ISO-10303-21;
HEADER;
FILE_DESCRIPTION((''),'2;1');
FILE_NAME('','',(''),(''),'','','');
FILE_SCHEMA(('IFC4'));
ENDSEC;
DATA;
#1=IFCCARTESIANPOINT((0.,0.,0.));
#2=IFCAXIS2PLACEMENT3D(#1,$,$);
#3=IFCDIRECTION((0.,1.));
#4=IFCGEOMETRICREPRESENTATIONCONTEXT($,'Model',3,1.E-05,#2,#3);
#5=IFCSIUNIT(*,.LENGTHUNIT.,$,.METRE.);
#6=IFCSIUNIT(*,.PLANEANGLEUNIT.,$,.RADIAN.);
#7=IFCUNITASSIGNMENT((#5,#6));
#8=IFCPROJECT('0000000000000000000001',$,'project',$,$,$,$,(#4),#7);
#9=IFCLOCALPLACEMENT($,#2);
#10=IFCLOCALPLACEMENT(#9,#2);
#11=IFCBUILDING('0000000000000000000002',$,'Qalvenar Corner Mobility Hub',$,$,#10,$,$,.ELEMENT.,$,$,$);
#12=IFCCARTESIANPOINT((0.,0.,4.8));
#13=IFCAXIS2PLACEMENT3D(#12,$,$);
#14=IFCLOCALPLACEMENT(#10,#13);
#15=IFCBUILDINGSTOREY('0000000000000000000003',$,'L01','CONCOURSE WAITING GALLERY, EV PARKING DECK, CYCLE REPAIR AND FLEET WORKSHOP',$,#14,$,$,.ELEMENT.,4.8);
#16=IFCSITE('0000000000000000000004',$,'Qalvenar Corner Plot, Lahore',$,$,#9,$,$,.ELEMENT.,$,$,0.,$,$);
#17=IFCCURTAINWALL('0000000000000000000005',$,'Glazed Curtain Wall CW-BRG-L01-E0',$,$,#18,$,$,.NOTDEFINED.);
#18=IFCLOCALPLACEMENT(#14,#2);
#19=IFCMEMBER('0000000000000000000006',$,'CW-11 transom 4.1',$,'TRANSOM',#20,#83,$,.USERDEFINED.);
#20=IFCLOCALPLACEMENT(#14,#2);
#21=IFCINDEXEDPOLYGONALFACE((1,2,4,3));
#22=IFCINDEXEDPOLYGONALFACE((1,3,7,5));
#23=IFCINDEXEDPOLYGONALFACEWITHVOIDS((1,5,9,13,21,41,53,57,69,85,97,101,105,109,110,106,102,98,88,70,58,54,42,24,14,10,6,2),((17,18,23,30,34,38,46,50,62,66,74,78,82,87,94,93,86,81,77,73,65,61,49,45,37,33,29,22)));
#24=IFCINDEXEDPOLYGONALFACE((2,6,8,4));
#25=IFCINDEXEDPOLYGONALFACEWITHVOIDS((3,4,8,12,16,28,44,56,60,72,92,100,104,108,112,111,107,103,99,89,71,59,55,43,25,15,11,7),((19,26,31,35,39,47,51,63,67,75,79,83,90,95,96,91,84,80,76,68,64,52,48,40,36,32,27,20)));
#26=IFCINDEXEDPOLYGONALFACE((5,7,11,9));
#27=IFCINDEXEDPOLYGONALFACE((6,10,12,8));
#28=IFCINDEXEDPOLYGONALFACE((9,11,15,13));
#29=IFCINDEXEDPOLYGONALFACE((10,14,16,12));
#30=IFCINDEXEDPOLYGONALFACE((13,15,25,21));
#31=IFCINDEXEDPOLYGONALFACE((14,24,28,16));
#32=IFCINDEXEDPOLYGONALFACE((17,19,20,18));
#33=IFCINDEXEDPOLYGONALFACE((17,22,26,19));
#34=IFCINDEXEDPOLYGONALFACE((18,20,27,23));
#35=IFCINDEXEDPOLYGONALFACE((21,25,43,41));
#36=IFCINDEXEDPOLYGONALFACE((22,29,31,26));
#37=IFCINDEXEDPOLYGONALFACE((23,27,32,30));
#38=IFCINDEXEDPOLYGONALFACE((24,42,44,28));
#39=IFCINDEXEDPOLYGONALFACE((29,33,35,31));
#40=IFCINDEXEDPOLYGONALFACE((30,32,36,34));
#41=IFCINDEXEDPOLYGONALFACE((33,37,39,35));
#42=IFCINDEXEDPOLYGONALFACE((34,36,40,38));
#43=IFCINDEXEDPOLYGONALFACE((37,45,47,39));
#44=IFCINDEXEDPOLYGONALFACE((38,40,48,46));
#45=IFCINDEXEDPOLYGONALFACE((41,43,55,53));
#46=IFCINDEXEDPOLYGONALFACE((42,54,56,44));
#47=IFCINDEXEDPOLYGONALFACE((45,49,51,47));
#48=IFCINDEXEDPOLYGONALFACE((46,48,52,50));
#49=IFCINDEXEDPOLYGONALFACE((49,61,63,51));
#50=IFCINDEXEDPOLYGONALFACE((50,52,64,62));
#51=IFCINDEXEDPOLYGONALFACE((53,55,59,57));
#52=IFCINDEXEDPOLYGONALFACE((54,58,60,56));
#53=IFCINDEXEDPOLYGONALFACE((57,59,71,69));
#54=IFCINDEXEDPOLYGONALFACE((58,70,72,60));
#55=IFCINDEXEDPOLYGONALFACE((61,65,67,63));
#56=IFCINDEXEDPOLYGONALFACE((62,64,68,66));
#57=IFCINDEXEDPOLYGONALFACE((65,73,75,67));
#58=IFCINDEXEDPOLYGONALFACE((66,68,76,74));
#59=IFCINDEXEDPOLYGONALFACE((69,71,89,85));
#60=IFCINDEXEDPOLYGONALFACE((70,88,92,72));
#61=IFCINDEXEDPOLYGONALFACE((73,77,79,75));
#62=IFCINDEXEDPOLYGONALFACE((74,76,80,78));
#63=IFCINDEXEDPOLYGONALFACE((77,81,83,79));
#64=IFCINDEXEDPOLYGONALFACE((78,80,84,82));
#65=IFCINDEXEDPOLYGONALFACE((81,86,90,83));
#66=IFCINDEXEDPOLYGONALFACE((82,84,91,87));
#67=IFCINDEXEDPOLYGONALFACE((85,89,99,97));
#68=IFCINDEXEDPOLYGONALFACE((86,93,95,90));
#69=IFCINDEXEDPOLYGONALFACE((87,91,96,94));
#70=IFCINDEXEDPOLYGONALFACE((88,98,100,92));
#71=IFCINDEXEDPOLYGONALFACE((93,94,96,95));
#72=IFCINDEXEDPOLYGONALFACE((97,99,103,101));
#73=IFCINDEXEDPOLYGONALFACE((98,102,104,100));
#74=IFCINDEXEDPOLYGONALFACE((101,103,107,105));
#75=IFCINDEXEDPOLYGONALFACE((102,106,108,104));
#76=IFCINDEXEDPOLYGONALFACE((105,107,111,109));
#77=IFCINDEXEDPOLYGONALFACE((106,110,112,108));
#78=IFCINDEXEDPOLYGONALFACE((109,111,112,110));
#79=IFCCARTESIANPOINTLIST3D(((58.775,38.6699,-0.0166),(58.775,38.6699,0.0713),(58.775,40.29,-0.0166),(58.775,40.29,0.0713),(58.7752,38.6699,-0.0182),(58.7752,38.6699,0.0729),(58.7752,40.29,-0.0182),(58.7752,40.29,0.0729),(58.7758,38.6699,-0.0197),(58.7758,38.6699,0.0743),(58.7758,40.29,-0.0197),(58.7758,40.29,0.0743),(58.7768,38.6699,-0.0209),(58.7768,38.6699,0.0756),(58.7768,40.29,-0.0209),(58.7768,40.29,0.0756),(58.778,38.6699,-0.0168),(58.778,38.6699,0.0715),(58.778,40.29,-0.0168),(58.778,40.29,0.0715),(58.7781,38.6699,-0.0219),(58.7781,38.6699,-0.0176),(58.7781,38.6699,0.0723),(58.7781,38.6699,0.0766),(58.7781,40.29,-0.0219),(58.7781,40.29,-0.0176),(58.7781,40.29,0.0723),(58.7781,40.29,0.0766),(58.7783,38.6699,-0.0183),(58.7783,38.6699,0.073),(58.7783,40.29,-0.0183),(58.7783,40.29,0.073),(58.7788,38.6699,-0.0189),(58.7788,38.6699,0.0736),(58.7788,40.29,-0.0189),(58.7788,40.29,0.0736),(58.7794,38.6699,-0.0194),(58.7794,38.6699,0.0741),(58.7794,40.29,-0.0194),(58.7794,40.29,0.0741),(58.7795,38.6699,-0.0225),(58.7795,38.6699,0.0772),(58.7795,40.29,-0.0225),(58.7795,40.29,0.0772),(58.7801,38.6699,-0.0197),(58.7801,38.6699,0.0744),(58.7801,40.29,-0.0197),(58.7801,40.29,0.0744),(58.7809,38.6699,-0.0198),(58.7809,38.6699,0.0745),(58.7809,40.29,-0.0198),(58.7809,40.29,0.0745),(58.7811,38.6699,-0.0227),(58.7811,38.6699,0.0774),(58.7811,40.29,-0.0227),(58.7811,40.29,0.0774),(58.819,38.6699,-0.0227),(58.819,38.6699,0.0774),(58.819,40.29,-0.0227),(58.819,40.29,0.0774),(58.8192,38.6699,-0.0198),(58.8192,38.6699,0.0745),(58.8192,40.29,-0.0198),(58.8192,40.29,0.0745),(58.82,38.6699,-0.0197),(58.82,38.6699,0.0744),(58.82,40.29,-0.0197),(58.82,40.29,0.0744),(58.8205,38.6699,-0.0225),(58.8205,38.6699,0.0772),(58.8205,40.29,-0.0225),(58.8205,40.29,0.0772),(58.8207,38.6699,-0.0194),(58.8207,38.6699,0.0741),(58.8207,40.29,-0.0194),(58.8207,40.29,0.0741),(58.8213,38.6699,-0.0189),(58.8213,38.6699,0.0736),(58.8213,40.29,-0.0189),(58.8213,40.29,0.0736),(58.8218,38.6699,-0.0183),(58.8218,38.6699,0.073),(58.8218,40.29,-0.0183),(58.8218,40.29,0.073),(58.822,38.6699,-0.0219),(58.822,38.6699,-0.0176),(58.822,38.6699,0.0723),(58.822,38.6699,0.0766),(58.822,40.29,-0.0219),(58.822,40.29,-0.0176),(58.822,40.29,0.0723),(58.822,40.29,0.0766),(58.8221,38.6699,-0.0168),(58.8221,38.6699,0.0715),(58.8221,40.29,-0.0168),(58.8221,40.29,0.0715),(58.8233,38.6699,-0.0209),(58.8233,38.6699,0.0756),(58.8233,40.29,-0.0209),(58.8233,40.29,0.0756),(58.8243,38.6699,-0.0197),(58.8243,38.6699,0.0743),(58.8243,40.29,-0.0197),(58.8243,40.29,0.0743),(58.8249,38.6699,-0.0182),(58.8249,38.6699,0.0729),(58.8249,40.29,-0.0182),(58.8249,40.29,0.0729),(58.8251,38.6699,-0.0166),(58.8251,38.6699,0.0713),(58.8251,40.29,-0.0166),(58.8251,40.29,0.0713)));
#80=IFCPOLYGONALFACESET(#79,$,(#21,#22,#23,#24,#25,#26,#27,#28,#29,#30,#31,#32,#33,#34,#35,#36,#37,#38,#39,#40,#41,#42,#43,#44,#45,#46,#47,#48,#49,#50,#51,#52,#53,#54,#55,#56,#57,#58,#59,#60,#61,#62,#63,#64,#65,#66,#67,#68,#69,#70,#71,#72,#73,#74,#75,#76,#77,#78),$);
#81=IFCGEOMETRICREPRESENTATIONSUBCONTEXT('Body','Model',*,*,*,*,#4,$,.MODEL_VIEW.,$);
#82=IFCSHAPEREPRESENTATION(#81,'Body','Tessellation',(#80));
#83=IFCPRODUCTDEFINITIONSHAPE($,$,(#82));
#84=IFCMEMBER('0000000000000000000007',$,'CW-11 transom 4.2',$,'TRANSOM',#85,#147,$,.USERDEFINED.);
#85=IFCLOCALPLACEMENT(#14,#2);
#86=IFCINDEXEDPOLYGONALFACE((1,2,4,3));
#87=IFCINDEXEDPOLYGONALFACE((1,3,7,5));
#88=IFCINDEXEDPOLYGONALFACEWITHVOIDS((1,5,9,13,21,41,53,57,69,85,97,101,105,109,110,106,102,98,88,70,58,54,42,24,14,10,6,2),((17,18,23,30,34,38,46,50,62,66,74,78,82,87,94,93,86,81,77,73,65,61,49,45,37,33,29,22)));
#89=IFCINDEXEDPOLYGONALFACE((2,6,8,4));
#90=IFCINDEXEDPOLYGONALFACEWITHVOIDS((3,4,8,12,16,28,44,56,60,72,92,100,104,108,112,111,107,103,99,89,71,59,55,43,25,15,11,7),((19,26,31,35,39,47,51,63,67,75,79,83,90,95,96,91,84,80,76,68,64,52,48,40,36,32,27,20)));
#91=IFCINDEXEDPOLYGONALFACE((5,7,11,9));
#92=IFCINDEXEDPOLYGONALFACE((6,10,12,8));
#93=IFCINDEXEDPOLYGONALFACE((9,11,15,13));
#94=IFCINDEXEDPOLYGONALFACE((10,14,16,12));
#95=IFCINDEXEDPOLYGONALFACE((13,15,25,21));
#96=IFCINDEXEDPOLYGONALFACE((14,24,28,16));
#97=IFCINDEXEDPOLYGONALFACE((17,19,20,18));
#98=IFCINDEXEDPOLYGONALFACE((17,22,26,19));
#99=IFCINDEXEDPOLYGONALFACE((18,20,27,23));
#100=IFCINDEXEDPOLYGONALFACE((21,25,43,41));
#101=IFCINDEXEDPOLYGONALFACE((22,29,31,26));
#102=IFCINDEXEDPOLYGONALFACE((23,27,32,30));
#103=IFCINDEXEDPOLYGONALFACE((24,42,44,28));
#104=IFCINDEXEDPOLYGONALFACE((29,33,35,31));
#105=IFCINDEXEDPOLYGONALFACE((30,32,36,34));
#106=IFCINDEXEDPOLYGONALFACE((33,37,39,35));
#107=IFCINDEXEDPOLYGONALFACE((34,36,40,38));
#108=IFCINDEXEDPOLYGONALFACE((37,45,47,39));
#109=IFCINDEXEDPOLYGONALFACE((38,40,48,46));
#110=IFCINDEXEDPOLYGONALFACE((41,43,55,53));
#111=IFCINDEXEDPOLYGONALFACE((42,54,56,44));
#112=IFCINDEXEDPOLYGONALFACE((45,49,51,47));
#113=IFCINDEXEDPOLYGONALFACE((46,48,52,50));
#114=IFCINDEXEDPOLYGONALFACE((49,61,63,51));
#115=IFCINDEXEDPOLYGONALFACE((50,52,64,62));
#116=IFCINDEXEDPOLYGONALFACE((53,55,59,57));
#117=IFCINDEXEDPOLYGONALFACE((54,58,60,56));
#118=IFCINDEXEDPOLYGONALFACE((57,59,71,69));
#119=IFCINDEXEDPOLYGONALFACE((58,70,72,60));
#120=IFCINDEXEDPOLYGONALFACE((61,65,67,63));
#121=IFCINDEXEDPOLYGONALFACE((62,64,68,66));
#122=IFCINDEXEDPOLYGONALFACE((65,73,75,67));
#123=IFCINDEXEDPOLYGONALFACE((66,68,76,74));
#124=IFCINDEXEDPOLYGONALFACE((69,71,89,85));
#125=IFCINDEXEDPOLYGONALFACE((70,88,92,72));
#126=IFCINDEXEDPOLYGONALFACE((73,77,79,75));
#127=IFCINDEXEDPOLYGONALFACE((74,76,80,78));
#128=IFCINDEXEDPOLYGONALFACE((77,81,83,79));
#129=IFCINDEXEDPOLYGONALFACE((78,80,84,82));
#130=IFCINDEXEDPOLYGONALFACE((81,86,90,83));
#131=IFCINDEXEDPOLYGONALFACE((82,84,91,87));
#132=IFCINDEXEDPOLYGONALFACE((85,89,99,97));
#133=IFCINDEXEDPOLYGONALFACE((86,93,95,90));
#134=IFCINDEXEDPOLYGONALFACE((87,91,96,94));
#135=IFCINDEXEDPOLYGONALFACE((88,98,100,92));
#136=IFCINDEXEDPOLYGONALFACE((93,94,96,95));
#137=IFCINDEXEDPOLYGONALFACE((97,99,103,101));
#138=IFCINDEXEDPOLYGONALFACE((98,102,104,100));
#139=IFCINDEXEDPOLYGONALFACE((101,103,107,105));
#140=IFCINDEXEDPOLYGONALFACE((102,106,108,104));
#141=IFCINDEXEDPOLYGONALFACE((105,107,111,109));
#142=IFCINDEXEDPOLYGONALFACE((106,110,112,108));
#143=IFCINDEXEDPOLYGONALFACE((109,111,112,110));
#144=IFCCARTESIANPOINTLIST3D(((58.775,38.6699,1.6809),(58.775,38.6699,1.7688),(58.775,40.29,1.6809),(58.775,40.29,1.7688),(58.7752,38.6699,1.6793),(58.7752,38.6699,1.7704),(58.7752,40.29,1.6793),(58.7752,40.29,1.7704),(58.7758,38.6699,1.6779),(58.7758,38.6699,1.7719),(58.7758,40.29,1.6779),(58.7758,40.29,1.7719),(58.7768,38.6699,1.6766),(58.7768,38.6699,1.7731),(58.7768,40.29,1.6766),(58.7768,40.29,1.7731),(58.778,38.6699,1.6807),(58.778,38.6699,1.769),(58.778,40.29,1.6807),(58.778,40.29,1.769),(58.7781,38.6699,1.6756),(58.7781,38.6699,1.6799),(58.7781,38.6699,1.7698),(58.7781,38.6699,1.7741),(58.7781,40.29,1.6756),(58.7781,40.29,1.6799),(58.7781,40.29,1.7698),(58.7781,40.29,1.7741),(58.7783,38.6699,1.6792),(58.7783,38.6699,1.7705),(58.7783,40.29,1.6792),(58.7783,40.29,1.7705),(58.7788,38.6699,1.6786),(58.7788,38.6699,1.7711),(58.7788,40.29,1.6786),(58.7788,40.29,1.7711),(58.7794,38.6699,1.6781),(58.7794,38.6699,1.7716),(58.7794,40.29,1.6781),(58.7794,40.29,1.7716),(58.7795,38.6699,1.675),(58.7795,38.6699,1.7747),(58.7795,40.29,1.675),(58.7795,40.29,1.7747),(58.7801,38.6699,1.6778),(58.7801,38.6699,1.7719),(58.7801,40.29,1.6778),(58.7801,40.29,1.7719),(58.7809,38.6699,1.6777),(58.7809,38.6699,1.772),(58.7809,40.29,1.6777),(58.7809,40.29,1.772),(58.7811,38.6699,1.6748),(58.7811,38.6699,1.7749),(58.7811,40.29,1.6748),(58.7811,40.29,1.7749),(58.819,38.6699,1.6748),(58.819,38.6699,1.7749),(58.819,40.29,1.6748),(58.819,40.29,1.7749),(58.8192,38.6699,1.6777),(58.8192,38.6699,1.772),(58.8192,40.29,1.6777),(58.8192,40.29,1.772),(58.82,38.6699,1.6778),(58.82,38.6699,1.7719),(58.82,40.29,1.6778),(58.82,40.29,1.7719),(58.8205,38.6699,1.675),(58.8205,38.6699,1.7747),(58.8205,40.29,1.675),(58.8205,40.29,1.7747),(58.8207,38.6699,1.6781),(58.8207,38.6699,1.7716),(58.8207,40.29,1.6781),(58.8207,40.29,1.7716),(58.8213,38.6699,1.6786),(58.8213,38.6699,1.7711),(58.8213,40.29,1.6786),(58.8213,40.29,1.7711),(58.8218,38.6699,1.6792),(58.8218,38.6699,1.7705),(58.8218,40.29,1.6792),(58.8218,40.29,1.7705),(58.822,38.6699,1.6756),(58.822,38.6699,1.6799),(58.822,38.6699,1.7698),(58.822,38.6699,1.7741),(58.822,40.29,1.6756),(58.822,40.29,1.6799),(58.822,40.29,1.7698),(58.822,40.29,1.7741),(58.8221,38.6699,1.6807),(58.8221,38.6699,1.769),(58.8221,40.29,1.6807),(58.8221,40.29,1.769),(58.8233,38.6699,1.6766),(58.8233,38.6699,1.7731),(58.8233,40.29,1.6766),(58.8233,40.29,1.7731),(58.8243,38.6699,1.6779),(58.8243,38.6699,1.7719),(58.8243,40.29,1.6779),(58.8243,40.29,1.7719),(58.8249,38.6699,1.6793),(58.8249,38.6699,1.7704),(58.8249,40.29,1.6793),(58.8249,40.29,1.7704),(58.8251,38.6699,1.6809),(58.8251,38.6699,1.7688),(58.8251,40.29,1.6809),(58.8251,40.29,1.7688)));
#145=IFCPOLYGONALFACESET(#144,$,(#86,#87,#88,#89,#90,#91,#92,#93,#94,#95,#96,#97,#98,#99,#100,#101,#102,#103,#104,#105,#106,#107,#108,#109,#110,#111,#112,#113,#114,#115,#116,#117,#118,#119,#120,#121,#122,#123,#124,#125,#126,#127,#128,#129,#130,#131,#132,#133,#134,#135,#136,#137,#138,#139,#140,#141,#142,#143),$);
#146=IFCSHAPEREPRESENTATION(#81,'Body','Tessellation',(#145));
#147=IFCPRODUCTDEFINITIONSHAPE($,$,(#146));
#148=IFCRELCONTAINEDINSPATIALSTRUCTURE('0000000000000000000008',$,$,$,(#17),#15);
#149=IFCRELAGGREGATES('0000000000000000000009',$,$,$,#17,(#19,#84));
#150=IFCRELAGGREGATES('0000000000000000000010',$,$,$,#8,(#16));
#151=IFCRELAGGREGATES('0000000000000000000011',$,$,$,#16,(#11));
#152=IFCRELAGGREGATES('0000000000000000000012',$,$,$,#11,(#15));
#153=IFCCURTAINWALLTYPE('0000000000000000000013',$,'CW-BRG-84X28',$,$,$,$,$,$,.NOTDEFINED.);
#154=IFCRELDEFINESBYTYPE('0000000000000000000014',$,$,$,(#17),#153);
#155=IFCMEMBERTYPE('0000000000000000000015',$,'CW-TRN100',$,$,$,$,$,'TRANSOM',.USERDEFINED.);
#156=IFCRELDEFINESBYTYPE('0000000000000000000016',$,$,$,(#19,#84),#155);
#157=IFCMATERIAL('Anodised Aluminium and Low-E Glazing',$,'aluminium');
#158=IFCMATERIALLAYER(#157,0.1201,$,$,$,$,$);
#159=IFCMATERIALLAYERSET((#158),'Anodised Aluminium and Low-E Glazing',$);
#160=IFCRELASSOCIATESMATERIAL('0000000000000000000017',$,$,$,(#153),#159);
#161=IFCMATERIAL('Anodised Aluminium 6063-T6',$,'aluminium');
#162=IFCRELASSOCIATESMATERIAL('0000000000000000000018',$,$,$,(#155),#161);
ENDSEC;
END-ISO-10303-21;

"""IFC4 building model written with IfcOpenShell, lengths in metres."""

from ifc_helpers import new_model, si_unit, direction, frame, origin, origin_2d, place, context, subcontext, project, spatial, hollow_rectangle, extrude, material, layer, layer_set, material_profile, profile_set, type_object, element, aggregate, save


model = new_model("IFC4")

# Units and contexts
model_context = context("Model", 3, precision=1e-05, world=origin(), true_north=direction((0.0, 1.0)))
body_context = subcontext(model_context, "Body", "Model", "MODEL_VIEW")
ifc_project = project(units=[si_unit("LENGTHUNIT", "METRE"), si_unit("PLANEANGLEUNIT", "RADIAN")], contexts=[model_context])

# Site, building, storey
site_placement = place(None, origin())
site = spatial("IfcSite", under=ifc_project, at=site_placement, Name="Qalvenar Corner Plot, Lahore", CompositionType="ELEMENT", RefElevation=0.0)
building_placement = place(site_placement, origin())
building = spatial("IfcBuilding", under=site, at=building_placement, Name="Qalvenar Corner Mobility Hub", CompositionType="ELEMENT")
storey_placement = place(building_placement, frame((0.0, 0.0, 4.8)))
storey = spatial("IfcBuildingStorey", under=building, at=storey_placement, Name="L01", Description="CONCOURSE WAITING GALLERY, EV PARKING DECK, CYCLE REPAIR AND FLEET WORKSHOP", CompositionType="ELEMENT", Elevation=4.8)

# Curtain wall, members
ifc_material_1 = material(Name="Anodised Aluminium and Low-E Glazing", Category="aluminium")
ifc_layer_1 = layer(ifc_material_1, 0.1201)
ifc_layer_set_1 = layer_set([ifc_layer_1], Name="Anodised Aluminium and Low-E Glazing")
curtain_wall_type = type_object("IfcCurtainWallType", Name="CW-BRG-84X28", PredefinedType="NOTDEFINED", material=ifc_layer_set_1)
curtain_wall_placement = place(storey_placement, origin())
curtain_wall = element("IfcCurtainWall", 1, at=curtain_wall_placement, inside=storey, type_object=curtain_wall_type, Name="Glazed Curtain Wall CW-BRG-L01-E0", PredefinedType="NOTDEFINED")
ifc_material_2 = material(Name="Anodised Aluminium 6063-T6", Category="aluminium")
ifc_material_profile_1 = material_profile(ifc_material_2, hollow_rectangle(XDim=0.05, YDim=0.1001, WallThickness=0.0029, InnerFilletRadius=0.0029, OuterFilletRadius=0.0061, at=origin_2d()), Name="RHS100x50x3")
ifc_profile_set_1 = profile_set([ifc_material_profile_1], Name="Anodised Aluminium 6063-T6")
member_type_1 = type_object("IfcMemberType", Name="CW-TRN100", ElementType="TRANSOM", PredefinedType="USERDEFINED", material=ifc_profile_set_1)
member_1_placement = place(storey_placement, frame((58.8, 38.6699, 0.0273), z_axis=(0.0, 1.0, 0.0), x_axis=(-1.0, 0.0, 0.0)))
member_1 = element("IfcMember", 2, at=member_1_placement, type_object=member_type_1, Name="CW-11 transom 4.1", ObjectType="TRANSOM", PredefinedType="USERDEFINED", context=body_context, shape_type="SweptSolid", body=[
    extrude(hollow_rectangle(XDim=0.05, YDim=0.1001, WallThickness=0.0029, InnerFilletRadius=0.0029, OuterFilletRadius=0.0061, at=origin_2d()), origin(), (0.0, 0.0, 1.0), 1.6201),
])
member_2_placement = place(storey_placement, frame((58.8, 38.6699, 1.7249), z_axis=(0.0, 1.0, 0.0), x_axis=(-1.0, 0.0, 0.0)))
member_2 = element("IfcMember", 3, at=member_2_placement, type_object=member_type_1, Name="CW-11 transom 4.2", ObjectType="TRANSOM", PredefinedType="USERDEFINED", context=body_context, shape_type="SweptSolid", body=[
    extrude(hollow_rectangle(XDim=0.05, YDim=0.1001, WallThickness=0.0029, InnerFilletRadius=0.0029, OuterFilletRadius=0.0061, at=origin_2d()), origin(), (0.0, 0.0, 1.0), 1.6201),
])
aggregate(curtain_wall, [member_1, member_2])

save(model, "model.ifc")
